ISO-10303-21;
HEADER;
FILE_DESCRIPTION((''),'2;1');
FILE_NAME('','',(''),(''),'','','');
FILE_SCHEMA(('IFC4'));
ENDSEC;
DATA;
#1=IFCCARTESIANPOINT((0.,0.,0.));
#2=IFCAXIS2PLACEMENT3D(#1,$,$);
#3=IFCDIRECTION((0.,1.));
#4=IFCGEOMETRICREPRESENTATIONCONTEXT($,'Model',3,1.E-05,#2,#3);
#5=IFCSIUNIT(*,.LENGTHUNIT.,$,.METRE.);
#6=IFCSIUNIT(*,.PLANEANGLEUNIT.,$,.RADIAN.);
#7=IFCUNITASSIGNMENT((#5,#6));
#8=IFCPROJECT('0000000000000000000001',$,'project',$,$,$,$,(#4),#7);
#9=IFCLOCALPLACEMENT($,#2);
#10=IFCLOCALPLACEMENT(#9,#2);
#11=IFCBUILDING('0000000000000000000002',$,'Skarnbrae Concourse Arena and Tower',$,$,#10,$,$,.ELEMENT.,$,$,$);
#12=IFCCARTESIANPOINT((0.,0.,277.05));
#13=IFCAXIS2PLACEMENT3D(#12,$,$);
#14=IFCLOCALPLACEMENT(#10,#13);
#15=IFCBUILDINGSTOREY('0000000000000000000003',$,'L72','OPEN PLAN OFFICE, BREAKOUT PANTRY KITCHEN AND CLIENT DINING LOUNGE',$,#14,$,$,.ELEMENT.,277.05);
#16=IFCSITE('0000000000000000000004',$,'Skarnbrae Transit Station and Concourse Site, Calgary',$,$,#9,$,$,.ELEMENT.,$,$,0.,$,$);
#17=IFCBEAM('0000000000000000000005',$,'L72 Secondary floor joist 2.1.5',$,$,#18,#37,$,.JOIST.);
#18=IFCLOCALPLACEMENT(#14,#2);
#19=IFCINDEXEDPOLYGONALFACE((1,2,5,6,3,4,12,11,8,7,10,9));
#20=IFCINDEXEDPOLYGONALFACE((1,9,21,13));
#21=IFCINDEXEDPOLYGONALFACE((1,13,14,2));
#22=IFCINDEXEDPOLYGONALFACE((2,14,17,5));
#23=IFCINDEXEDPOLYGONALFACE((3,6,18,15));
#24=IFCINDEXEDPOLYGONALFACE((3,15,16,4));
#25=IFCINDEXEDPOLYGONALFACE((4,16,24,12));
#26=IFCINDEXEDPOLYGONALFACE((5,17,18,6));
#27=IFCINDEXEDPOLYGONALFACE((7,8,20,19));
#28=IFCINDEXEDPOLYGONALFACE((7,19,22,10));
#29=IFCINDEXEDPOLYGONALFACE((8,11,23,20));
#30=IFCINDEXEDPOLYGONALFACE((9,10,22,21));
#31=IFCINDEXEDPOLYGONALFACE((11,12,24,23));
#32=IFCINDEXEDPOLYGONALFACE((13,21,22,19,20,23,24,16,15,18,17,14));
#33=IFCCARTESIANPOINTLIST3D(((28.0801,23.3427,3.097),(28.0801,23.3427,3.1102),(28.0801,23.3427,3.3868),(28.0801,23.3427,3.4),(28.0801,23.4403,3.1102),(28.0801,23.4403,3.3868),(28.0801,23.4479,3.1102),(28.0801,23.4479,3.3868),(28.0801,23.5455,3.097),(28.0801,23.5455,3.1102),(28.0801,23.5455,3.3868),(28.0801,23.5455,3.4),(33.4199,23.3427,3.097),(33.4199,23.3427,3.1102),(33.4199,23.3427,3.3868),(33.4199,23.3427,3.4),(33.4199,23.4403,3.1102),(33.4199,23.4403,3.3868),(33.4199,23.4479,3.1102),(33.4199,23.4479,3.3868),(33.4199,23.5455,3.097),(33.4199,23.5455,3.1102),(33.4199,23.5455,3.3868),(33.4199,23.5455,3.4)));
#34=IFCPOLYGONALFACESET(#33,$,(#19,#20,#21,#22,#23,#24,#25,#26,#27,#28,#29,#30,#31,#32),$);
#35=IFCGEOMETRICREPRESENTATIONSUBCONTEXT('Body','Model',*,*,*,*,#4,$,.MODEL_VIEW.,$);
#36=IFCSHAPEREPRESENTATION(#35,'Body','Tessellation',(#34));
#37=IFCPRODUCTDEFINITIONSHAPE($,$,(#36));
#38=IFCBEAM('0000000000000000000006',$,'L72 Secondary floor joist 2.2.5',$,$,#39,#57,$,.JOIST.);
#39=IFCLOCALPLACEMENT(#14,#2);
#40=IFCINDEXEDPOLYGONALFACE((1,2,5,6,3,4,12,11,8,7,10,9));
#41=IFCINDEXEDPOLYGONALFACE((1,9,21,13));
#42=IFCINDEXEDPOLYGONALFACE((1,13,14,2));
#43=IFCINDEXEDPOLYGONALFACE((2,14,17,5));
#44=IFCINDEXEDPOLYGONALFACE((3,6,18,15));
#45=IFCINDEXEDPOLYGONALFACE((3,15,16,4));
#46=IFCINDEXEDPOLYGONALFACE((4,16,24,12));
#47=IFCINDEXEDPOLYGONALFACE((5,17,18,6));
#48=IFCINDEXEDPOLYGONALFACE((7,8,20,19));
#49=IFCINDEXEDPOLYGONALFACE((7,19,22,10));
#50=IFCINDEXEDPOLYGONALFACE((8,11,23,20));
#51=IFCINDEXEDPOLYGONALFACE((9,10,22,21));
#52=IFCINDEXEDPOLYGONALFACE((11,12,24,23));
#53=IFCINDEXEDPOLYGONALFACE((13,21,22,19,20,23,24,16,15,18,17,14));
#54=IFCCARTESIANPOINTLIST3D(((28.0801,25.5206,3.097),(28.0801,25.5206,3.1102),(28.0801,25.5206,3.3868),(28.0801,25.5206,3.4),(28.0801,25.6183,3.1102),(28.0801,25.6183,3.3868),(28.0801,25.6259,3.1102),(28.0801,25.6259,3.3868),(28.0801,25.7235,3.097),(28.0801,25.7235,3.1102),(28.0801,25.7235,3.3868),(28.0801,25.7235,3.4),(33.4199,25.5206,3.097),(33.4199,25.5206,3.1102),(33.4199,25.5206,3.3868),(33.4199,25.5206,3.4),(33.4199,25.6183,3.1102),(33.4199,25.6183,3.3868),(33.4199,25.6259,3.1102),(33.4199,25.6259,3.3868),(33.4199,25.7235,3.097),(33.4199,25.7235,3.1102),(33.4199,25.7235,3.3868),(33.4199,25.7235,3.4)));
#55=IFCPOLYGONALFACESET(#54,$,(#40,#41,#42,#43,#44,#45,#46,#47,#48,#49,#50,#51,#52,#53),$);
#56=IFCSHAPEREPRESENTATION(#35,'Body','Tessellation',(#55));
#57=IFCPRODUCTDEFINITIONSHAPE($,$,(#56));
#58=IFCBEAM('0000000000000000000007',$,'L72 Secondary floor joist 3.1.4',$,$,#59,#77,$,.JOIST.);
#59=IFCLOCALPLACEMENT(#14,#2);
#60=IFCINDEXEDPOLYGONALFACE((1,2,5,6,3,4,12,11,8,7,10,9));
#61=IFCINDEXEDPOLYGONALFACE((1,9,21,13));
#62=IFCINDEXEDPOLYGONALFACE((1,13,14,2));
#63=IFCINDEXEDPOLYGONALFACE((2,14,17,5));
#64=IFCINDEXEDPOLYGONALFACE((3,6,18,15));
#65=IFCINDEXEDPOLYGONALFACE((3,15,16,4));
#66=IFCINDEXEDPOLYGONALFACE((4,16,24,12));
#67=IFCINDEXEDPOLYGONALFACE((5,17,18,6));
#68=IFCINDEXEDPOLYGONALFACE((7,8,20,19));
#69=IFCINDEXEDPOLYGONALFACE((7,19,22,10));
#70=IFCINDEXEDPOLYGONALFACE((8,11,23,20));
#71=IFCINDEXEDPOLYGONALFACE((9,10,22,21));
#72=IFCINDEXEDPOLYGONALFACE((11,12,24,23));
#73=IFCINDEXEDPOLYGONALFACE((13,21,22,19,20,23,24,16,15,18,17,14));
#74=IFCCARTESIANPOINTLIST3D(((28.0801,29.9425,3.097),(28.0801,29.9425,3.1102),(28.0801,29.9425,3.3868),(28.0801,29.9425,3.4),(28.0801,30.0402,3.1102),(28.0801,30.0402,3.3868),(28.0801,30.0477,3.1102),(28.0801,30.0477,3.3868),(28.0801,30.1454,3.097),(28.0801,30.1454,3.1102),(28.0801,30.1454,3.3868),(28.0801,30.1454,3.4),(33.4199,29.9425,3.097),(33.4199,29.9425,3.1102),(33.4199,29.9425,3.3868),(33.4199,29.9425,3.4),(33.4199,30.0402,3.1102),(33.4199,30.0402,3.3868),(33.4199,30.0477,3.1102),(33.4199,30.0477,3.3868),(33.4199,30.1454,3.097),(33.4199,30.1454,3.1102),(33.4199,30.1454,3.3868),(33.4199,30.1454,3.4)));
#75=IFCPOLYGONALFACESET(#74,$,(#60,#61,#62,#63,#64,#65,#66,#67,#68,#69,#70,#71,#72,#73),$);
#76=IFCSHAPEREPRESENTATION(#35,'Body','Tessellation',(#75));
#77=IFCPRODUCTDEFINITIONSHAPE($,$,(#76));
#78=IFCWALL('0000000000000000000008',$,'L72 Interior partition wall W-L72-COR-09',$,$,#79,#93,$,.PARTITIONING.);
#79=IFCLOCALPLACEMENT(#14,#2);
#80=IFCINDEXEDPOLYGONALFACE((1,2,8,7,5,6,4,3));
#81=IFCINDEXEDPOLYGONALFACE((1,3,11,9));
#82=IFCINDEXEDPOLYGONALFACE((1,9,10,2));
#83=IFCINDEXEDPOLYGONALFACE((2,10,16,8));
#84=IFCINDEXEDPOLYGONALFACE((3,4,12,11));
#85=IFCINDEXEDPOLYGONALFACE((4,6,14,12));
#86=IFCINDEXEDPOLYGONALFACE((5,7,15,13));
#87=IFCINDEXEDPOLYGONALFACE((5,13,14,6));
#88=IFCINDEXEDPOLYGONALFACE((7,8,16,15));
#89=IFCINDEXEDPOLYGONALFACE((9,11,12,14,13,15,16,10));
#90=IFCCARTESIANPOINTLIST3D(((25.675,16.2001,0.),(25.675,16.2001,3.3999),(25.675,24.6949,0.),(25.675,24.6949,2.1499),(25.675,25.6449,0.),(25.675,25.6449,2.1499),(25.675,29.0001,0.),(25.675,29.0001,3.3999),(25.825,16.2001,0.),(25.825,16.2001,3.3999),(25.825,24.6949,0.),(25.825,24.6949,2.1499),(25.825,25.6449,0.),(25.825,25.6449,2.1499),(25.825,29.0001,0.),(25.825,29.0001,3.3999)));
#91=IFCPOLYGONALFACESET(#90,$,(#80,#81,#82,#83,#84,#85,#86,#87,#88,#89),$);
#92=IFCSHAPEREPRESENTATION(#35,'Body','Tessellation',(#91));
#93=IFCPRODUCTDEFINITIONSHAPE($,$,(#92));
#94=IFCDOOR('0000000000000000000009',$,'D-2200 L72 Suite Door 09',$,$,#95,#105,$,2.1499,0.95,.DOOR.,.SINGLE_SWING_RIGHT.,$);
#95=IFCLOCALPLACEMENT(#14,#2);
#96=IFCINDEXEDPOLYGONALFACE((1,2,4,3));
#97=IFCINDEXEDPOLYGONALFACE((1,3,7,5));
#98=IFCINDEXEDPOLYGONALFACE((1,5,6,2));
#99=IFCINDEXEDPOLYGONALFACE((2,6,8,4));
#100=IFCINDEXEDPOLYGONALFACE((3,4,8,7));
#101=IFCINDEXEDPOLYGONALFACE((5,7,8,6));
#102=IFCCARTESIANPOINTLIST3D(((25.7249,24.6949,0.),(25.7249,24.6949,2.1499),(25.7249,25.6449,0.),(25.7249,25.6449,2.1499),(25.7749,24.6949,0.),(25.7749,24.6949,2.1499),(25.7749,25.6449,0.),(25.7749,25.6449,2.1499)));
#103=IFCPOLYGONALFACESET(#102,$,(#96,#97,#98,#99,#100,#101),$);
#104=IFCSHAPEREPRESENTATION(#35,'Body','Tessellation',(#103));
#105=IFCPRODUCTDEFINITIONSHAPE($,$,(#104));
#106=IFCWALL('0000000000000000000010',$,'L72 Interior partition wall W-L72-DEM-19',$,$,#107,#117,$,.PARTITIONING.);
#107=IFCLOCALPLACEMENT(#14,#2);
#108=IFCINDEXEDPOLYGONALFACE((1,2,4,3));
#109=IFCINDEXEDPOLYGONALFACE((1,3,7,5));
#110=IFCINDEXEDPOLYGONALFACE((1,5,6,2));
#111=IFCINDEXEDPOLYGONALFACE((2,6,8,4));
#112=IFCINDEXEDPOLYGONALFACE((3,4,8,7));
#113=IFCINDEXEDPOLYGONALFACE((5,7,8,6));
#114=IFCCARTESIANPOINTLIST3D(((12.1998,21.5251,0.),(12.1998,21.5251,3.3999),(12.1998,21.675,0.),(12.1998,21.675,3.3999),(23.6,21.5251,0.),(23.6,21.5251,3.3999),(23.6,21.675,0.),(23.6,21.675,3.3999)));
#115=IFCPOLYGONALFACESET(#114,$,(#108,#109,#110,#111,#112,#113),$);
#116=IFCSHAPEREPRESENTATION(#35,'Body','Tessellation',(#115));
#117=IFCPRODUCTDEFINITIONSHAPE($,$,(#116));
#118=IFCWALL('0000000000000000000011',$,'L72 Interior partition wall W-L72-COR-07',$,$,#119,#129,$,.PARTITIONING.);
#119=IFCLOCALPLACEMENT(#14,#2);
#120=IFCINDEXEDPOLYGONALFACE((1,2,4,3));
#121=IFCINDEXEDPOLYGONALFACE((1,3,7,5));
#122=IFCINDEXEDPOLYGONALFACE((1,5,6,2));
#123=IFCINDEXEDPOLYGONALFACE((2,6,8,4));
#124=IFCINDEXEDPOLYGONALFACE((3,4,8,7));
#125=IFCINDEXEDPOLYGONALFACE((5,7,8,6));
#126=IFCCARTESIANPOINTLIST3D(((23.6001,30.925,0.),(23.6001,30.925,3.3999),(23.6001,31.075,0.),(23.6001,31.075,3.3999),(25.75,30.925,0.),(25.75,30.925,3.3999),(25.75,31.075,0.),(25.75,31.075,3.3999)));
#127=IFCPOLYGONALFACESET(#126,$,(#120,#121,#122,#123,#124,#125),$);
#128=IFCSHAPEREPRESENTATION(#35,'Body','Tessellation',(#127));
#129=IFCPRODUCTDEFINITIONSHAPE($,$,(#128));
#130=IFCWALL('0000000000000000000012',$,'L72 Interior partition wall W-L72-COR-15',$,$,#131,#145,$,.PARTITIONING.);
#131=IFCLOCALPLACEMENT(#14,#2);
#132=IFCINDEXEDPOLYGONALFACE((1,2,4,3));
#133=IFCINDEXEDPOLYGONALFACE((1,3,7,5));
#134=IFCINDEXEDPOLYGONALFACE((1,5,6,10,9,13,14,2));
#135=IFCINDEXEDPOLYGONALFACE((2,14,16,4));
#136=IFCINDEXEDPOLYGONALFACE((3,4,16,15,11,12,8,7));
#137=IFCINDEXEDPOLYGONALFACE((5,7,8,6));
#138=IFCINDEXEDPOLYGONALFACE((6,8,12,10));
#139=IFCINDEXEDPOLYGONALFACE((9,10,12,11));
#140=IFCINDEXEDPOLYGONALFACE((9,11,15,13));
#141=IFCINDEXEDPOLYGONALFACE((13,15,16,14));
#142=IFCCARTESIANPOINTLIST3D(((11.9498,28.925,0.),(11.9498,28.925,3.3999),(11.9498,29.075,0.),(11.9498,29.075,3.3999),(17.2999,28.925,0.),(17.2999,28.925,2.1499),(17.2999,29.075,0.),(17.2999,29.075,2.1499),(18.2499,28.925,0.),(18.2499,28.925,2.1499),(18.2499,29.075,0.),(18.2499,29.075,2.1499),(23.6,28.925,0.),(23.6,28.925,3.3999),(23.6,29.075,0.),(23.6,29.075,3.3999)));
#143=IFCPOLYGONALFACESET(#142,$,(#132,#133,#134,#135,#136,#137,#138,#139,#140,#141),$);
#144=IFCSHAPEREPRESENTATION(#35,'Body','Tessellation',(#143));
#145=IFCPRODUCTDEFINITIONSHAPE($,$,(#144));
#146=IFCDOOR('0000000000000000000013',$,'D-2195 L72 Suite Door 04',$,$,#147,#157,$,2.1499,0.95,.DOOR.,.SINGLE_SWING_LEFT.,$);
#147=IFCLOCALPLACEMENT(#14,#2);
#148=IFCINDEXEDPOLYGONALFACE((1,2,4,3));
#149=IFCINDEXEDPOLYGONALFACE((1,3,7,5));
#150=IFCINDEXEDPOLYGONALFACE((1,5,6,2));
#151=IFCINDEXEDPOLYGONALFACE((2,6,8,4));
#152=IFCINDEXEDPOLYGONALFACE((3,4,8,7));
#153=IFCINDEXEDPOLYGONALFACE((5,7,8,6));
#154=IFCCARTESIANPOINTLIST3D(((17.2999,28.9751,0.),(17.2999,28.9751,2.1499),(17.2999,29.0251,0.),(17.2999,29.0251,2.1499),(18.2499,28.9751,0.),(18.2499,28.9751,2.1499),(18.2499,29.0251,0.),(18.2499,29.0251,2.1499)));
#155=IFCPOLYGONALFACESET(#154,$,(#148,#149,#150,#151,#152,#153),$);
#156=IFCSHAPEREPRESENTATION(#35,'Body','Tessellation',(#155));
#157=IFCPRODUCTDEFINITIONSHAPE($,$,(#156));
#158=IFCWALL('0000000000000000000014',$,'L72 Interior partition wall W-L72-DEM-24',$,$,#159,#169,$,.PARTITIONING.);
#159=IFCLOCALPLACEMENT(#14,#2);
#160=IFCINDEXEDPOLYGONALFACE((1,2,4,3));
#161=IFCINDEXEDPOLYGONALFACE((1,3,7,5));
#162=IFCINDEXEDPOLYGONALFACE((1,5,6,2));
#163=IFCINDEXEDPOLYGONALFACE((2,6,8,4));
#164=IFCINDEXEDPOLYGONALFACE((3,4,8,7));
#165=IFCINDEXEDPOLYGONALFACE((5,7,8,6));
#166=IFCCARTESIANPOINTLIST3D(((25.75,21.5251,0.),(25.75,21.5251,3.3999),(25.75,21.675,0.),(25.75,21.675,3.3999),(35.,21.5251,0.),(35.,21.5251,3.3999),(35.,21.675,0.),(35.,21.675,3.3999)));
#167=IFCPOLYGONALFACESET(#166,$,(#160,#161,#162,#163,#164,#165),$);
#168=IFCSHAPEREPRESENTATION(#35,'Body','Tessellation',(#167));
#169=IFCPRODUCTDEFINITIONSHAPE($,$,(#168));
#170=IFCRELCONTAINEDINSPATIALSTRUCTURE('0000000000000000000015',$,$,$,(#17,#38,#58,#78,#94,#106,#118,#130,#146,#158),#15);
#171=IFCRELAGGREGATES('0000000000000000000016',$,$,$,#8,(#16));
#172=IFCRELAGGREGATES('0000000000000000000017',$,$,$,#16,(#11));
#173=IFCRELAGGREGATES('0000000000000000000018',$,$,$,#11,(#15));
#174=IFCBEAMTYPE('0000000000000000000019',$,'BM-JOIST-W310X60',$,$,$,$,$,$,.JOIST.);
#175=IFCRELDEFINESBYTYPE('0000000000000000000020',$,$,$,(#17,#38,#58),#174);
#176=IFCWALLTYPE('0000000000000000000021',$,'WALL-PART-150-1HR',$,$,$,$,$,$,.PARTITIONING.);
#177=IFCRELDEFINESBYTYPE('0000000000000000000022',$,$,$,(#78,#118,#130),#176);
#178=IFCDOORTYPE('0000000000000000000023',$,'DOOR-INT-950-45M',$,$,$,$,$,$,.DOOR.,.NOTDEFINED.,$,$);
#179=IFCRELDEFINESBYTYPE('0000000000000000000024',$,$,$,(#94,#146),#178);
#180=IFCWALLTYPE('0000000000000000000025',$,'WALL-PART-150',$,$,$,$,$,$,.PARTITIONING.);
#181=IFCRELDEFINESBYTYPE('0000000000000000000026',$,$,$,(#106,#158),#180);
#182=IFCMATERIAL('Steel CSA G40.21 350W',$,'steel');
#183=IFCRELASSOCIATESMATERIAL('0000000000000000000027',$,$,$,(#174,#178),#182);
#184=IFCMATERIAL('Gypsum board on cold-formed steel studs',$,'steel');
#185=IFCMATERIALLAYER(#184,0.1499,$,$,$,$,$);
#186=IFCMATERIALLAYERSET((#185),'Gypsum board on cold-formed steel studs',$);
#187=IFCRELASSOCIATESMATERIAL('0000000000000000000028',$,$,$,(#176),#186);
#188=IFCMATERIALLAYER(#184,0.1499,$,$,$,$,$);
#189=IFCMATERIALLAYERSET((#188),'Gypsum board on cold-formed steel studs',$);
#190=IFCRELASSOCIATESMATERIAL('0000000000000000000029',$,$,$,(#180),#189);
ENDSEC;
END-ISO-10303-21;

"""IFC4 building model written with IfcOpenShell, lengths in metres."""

from ifc_helpers import new_model, si_unit, direction, frame, frame_2d, origin, origin_2d, place, context, subcontext, project, spatial, rectangle, i_section, extrude, source, transform, mapped, material, layer, layer_set, material_profile, profile_set, type_object, element, fill, save


model = new_model("IFC4")

# Units and contexts
model_context = context("Model", 3, precision=1e-05, world=origin(), true_north=direction((0.0, 1.0)))
body_context = subcontext(model_context, "Body", "Model", "MODEL_VIEW")
ifc_project = project(units=[si_unit("LENGTHUNIT", "METRE"), si_unit("PLANEANGLEUNIT", "RADIAN")], contexts=[model_context])

# Site, building, storey
site_placement = place(None, origin())
site = spatial("IfcSite", under=ifc_project, at=site_placement, Name="Skarnbrae Transit Station and Concourse Site, Calgary", CompositionType="ELEMENT", RefElevation=0.0)
building_placement = place(site_placement, origin())
building = spatial("IfcBuilding", under=site, at=building_placement, Name="Skarnbrae Concourse Arena and Tower", CompositionType="ELEMENT")
storey_placement = place(building_placement, frame((0.0, 0.0, 277.05)))
storey = spatial("IfcBuildingStorey", under=building, at=storey_placement, Name="L72", Description="OPEN PLAN OFFICE, BREAKOUT PANTRY KITCHEN AND CLIENT DINING LOUNGE", CompositionType="ELEMENT", Elevation=277.05)

# Shared definitions
ifc_material_1 = material(Name="Steel CSA G40.21 350W", Category="steel")

# Beams
ifc_material_profile_1 = material_profile(ifc_material_1, i_section(OverallWidth=0.2029, OverallDepth=0.303, WebThickness=0.0076, FlangeThickness=0.0132, at=origin_2d()), Name="W310X60")
ifc_profile_set_1 = profile_set([ifc_material_profile_1], Name="Steel CSA G40.21 350W")
beam_type_1 = type_object("IfcBeamType", Name="BM-JOIST-W310X60", PredefinedType="JOIST", material=ifc_profile_set_1)
shared_shape_1 = source(origin(), body_context, "Body", "SweptSolid", [
    extrude(i_section(OverallWidth=0.2029, OverallDepth=0.303, WebThickness=0.0076, FlangeThickness=0.0132, at=origin_2d()), origin(), (0.0, 0.0, 1.0), 5.3398),
])
for number, where, z_axis, x_axis, name in (
    (1, (28.0801, 23.4441, 3.2485), (1.0, 0.0, 0.0), (0.0, 1.0, 0.0), "L72 Secondary floor joist 2.1.5"),
    (2, (28.0801, 25.6221, 3.2485), (1.0, 0.0, 0.0), (0.0, 1.0, 0.0), "L72 Secondary floor joist 2.2.5"),
    (3, (28.0801, 30.0439, 3.2485), (1.0, 0.0, 0.0), (0.0, 1.0, 0.0), "L72 Secondary floor joist 3.1.4"),
):
    element("IfcBeam", number, at=place(storey_placement, frame(where, z_axis=z_axis, x_axis=x_axis)), inside=storey, type_object=beam_type_1, Name=name, PredefinedType="JOIST", context=body_context, shape_type="MappedRepresentation", body=[
        mapped(shared_shape_1, transform((0.0, 0.0, 0.0))),
    ])

# Wall, opening, door
ifc_material_2 = material(Name="Gypsum board on cold-formed steel studs", Category="steel")
ifc_layer_1 = layer(ifc_material_2, 0.1499)
ifc_layer_set_1 = layer_set([ifc_layer_1], Name="Gypsum board on cold-formed steel studs")
wall_type_1 = type_object("IfcWallType", Name="WALL-PART-150-1HR", PredefinedType="PARTITIONING", material=ifc_layer_set_1)
shared_shape_2 = source(origin(), body_context, "Body", "SweptSolid", [
    extrude(rectangle(XDim=12.8, YDim=0.1499, at=frame_2d((6.3999, 0.0))), origin(), (0.0, 0.0, 1.0), 3.3999),
])
wall_1_placement = place(storey_placement, frame((25.75, 29.0, 0.0), z_axis=(0.0, 0.0, 1.0), x_axis=(0.0, -1.0, 0.0)))
wall_1 = element("IfcWall", 4, at=wall_1_placement, inside=storey, type_object=wall_type_1, Name="L72 Interior partition wall W-L72-COR-09", PredefinedType="PARTITIONING", context=body_context, shape_type="MappedRepresentation", body=[
    mapped(shared_shape_2, transform((0.0, 0.0, 0.0))),
])
opening_1_placement = place(wall_1_placement, frame((3.355, 0.0, 0.0)))
opening_1 = element("IfcOpeningElement", 5, at=opening_1_placement, cuts=wall_1, PredefinedType="OPENING", context=body_context, shape_type="SweptSolid", body=[
    extrude(rectangle(XDim=0.95, YDim=2.1499, at=frame_2d((0.4751, 1.075))), frame((0.0, 0.085, 0.0), z_axis=(0.0, -1.0, 0.0), x_axis=(1.0, 0.0, 0.0)), (0.0, 0.0, 1.0), 0.1699),
])
door_type = type_object("IfcDoorType", Name="DOOR-INT-950-45M", OperationType="NOTDEFINED", PredefinedType="DOOR", material=ifc_material_1)
shared_shape_3 = source(origin(), body_context, "Body", "SweptSolid", [
    extrude(rectangle(XDim=0.95, YDim=2.1499, at=frame_2d((0.4751, 1.075))), frame((0.0, 0.0249, 0.0), z_axis=(0.0, -1.0, 0.0), x_axis=(1.0, 0.0, 0.0)), (0.0, 0.0, 1.0), 0.05),
])
door_1_placement = place(opening_1_placement, origin())
door_1 = element("IfcDoor", 6, at=door_1_placement, inside=storey, type_object=door_type, Name="D-2200 L72 Suite Door 09", OperationType="SINGLE_SWING_RIGHT", OverallHeight=2.1499, OverallWidth=0.95, PredefinedType="DOOR", context=body_context, shape_type="MappedRepresentation", body=[
    mapped(shared_shape_3, transform((0.0, 0.0, 0.0))),
])
fill(opening_1, door_1)

# Wall
ifc_layer_2 = layer(ifc_material_2, 0.1499)
ifc_layer_set_2 = layer_set([ifc_layer_2], Name="Gypsum board on cold-formed steel studs")
wall_type_2 = type_object("IfcWallType", Name="WALL-PART-150", PredefinedType="PARTITIONING", material=ifc_layer_set_2)
shared_shape_4 = source(origin(), body_context, "Body", "SweptSolid", [
    extrude(rectangle(XDim=11.4001, YDim=0.1499, at=frame_2d((5.7002, 0.0))), origin(), (0.0, 0.0, 1.0), 3.3999),
])
wall_2_placement = place(storey_placement, frame((23.6001, 21.6001, 0.0), z_axis=(0.0, 0.0, 1.0), x_axis=(-1.0, 0.0, 0.0)))
element("IfcWall", 7, at=wall_2_placement, inside=storey, type_object=wall_type_2, Name="L72 Interior partition wall W-L72-DEM-19", PredefinedType="PARTITIONING", context=body_context, shape_type="MappedRepresentation", body=[
    mapped(shared_shape_4, transform((0.0, 0.0, 0.0))),
])

# Wall
shared_shape_5 = source(origin(), body_context, "Body", "SweptSolid", [
    extrude(rectangle(XDim=2.1499, YDim=0.1499, at=frame_2d((1.075, 0.0))), origin(), (0.0, 0.0, 1.0), 3.3999),
])
wall_3_placement = place(storey_placement, frame((23.6001, 31.0, 0.0), z_axis=(0.0, 0.0, 1.0), x_axis=(1.0, 0.0, 0.0)))
element("IfcWall", 8, at=wall_3_placement, inside=storey, type_object=wall_type_1, Name="L72 Interior partition wall W-L72-COR-07", PredefinedType="PARTITIONING", context=body_context, shape_type="MappedRepresentation", body=[
    mapped(shared_shape_5, transform((0.0, 0.0, 0.0))),
])

# Wall, opening, door
shared_shape_6 = source(origin(), body_context, "Body", "SweptSolid", [
    extrude(rectangle(XDim=11.6501, YDim=0.1499, at=frame_2d((5.8252, 0.0))), origin(), (0.0, 0.0, 1.0), 3.3999),
])
wall_4_placement = place(storey_placement, frame((23.6001, 29.0, 0.0), z_axis=(0.0, 0.0, 1.0), x_axis=(-1.0, 0.0, 0.0)))
wall_4 = element("IfcWall", 9, at=wall_4_placement, inside=storey, type_object=wall_type_1, Name="L72 Interior partition wall W-L72-COR-15", PredefinedType="PARTITIONING", context=body_context, shape_type="MappedRepresentation", body=[
    mapped(shared_shape_6, transform((0.0, 0.0, 0.0))),
])
opening_2_placement = place(wall_4_placement, frame((5.3501, 0.0, 0.0)))
opening_2 = element("IfcOpeningElement", 10, at=opening_2_placement, cuts=wall_4, PredefinedType="OPENING", context=body_context, shape_type="SweptSolid", body=[
    extrude(rectangle(XDim=0.95, YDim=2.1499, at=frame_2d((0.4751, 1.075))), frame((0.0, 0.085, 0.0), z_axis=(0.0, -1.0, 0.0), x_axis=(1.0, 0.0, 0.0)), (0.0, 0.0, 1.0), 0.1699),
])
door_2_placement = place(opening_2_placement, origin())
door_2 = element("IfcDoor", 11, at=door_2_placement, inside=storey, type_object=door_type, Name="D-2195 L72 Suite Door 04", OperationType="SINGLE_SWING_LEFT", OverallHeight=2.1499, OverallWidth=0.95, PredefinedType="DOOR", context=body_context, shape_type="MappedRepresentation", body=[
    mapped(shared_shape_3, transform((0.0, 0.0, 0.0))),
])
fill(opening_2, door_2)

# Wall
shared_shape_7 = source(origin(), body_context, "Body", "SweptSolid", [
    extrude(rectangle(XDim=9.25, YDim=0.1499, at=frame_2d((4.625, 0.0))), origin(), (0.0, 0.0, 1.0), 3.3999),
])
wall_5_placement = place(storey_placement, frame((25.75, 21.6001, 0.0), z_axis=(0.0, 0.0, 1.0), x_axis=(1.0, 0.0, 0.0)))
element("IfcWall", 12, at=wall_5_placement, inside=storey, type_object=wall_type_2, Name="L72 Interior partition wall W-L72-DEM-24", PredefinedType="PARTITIONING", context=body_context, shape_type="MappedRepresentation", body=[
    mapped(shared_shape_7, transform((0.0, 0.0, 0.0))),
])

save(model, "model.ifc")
